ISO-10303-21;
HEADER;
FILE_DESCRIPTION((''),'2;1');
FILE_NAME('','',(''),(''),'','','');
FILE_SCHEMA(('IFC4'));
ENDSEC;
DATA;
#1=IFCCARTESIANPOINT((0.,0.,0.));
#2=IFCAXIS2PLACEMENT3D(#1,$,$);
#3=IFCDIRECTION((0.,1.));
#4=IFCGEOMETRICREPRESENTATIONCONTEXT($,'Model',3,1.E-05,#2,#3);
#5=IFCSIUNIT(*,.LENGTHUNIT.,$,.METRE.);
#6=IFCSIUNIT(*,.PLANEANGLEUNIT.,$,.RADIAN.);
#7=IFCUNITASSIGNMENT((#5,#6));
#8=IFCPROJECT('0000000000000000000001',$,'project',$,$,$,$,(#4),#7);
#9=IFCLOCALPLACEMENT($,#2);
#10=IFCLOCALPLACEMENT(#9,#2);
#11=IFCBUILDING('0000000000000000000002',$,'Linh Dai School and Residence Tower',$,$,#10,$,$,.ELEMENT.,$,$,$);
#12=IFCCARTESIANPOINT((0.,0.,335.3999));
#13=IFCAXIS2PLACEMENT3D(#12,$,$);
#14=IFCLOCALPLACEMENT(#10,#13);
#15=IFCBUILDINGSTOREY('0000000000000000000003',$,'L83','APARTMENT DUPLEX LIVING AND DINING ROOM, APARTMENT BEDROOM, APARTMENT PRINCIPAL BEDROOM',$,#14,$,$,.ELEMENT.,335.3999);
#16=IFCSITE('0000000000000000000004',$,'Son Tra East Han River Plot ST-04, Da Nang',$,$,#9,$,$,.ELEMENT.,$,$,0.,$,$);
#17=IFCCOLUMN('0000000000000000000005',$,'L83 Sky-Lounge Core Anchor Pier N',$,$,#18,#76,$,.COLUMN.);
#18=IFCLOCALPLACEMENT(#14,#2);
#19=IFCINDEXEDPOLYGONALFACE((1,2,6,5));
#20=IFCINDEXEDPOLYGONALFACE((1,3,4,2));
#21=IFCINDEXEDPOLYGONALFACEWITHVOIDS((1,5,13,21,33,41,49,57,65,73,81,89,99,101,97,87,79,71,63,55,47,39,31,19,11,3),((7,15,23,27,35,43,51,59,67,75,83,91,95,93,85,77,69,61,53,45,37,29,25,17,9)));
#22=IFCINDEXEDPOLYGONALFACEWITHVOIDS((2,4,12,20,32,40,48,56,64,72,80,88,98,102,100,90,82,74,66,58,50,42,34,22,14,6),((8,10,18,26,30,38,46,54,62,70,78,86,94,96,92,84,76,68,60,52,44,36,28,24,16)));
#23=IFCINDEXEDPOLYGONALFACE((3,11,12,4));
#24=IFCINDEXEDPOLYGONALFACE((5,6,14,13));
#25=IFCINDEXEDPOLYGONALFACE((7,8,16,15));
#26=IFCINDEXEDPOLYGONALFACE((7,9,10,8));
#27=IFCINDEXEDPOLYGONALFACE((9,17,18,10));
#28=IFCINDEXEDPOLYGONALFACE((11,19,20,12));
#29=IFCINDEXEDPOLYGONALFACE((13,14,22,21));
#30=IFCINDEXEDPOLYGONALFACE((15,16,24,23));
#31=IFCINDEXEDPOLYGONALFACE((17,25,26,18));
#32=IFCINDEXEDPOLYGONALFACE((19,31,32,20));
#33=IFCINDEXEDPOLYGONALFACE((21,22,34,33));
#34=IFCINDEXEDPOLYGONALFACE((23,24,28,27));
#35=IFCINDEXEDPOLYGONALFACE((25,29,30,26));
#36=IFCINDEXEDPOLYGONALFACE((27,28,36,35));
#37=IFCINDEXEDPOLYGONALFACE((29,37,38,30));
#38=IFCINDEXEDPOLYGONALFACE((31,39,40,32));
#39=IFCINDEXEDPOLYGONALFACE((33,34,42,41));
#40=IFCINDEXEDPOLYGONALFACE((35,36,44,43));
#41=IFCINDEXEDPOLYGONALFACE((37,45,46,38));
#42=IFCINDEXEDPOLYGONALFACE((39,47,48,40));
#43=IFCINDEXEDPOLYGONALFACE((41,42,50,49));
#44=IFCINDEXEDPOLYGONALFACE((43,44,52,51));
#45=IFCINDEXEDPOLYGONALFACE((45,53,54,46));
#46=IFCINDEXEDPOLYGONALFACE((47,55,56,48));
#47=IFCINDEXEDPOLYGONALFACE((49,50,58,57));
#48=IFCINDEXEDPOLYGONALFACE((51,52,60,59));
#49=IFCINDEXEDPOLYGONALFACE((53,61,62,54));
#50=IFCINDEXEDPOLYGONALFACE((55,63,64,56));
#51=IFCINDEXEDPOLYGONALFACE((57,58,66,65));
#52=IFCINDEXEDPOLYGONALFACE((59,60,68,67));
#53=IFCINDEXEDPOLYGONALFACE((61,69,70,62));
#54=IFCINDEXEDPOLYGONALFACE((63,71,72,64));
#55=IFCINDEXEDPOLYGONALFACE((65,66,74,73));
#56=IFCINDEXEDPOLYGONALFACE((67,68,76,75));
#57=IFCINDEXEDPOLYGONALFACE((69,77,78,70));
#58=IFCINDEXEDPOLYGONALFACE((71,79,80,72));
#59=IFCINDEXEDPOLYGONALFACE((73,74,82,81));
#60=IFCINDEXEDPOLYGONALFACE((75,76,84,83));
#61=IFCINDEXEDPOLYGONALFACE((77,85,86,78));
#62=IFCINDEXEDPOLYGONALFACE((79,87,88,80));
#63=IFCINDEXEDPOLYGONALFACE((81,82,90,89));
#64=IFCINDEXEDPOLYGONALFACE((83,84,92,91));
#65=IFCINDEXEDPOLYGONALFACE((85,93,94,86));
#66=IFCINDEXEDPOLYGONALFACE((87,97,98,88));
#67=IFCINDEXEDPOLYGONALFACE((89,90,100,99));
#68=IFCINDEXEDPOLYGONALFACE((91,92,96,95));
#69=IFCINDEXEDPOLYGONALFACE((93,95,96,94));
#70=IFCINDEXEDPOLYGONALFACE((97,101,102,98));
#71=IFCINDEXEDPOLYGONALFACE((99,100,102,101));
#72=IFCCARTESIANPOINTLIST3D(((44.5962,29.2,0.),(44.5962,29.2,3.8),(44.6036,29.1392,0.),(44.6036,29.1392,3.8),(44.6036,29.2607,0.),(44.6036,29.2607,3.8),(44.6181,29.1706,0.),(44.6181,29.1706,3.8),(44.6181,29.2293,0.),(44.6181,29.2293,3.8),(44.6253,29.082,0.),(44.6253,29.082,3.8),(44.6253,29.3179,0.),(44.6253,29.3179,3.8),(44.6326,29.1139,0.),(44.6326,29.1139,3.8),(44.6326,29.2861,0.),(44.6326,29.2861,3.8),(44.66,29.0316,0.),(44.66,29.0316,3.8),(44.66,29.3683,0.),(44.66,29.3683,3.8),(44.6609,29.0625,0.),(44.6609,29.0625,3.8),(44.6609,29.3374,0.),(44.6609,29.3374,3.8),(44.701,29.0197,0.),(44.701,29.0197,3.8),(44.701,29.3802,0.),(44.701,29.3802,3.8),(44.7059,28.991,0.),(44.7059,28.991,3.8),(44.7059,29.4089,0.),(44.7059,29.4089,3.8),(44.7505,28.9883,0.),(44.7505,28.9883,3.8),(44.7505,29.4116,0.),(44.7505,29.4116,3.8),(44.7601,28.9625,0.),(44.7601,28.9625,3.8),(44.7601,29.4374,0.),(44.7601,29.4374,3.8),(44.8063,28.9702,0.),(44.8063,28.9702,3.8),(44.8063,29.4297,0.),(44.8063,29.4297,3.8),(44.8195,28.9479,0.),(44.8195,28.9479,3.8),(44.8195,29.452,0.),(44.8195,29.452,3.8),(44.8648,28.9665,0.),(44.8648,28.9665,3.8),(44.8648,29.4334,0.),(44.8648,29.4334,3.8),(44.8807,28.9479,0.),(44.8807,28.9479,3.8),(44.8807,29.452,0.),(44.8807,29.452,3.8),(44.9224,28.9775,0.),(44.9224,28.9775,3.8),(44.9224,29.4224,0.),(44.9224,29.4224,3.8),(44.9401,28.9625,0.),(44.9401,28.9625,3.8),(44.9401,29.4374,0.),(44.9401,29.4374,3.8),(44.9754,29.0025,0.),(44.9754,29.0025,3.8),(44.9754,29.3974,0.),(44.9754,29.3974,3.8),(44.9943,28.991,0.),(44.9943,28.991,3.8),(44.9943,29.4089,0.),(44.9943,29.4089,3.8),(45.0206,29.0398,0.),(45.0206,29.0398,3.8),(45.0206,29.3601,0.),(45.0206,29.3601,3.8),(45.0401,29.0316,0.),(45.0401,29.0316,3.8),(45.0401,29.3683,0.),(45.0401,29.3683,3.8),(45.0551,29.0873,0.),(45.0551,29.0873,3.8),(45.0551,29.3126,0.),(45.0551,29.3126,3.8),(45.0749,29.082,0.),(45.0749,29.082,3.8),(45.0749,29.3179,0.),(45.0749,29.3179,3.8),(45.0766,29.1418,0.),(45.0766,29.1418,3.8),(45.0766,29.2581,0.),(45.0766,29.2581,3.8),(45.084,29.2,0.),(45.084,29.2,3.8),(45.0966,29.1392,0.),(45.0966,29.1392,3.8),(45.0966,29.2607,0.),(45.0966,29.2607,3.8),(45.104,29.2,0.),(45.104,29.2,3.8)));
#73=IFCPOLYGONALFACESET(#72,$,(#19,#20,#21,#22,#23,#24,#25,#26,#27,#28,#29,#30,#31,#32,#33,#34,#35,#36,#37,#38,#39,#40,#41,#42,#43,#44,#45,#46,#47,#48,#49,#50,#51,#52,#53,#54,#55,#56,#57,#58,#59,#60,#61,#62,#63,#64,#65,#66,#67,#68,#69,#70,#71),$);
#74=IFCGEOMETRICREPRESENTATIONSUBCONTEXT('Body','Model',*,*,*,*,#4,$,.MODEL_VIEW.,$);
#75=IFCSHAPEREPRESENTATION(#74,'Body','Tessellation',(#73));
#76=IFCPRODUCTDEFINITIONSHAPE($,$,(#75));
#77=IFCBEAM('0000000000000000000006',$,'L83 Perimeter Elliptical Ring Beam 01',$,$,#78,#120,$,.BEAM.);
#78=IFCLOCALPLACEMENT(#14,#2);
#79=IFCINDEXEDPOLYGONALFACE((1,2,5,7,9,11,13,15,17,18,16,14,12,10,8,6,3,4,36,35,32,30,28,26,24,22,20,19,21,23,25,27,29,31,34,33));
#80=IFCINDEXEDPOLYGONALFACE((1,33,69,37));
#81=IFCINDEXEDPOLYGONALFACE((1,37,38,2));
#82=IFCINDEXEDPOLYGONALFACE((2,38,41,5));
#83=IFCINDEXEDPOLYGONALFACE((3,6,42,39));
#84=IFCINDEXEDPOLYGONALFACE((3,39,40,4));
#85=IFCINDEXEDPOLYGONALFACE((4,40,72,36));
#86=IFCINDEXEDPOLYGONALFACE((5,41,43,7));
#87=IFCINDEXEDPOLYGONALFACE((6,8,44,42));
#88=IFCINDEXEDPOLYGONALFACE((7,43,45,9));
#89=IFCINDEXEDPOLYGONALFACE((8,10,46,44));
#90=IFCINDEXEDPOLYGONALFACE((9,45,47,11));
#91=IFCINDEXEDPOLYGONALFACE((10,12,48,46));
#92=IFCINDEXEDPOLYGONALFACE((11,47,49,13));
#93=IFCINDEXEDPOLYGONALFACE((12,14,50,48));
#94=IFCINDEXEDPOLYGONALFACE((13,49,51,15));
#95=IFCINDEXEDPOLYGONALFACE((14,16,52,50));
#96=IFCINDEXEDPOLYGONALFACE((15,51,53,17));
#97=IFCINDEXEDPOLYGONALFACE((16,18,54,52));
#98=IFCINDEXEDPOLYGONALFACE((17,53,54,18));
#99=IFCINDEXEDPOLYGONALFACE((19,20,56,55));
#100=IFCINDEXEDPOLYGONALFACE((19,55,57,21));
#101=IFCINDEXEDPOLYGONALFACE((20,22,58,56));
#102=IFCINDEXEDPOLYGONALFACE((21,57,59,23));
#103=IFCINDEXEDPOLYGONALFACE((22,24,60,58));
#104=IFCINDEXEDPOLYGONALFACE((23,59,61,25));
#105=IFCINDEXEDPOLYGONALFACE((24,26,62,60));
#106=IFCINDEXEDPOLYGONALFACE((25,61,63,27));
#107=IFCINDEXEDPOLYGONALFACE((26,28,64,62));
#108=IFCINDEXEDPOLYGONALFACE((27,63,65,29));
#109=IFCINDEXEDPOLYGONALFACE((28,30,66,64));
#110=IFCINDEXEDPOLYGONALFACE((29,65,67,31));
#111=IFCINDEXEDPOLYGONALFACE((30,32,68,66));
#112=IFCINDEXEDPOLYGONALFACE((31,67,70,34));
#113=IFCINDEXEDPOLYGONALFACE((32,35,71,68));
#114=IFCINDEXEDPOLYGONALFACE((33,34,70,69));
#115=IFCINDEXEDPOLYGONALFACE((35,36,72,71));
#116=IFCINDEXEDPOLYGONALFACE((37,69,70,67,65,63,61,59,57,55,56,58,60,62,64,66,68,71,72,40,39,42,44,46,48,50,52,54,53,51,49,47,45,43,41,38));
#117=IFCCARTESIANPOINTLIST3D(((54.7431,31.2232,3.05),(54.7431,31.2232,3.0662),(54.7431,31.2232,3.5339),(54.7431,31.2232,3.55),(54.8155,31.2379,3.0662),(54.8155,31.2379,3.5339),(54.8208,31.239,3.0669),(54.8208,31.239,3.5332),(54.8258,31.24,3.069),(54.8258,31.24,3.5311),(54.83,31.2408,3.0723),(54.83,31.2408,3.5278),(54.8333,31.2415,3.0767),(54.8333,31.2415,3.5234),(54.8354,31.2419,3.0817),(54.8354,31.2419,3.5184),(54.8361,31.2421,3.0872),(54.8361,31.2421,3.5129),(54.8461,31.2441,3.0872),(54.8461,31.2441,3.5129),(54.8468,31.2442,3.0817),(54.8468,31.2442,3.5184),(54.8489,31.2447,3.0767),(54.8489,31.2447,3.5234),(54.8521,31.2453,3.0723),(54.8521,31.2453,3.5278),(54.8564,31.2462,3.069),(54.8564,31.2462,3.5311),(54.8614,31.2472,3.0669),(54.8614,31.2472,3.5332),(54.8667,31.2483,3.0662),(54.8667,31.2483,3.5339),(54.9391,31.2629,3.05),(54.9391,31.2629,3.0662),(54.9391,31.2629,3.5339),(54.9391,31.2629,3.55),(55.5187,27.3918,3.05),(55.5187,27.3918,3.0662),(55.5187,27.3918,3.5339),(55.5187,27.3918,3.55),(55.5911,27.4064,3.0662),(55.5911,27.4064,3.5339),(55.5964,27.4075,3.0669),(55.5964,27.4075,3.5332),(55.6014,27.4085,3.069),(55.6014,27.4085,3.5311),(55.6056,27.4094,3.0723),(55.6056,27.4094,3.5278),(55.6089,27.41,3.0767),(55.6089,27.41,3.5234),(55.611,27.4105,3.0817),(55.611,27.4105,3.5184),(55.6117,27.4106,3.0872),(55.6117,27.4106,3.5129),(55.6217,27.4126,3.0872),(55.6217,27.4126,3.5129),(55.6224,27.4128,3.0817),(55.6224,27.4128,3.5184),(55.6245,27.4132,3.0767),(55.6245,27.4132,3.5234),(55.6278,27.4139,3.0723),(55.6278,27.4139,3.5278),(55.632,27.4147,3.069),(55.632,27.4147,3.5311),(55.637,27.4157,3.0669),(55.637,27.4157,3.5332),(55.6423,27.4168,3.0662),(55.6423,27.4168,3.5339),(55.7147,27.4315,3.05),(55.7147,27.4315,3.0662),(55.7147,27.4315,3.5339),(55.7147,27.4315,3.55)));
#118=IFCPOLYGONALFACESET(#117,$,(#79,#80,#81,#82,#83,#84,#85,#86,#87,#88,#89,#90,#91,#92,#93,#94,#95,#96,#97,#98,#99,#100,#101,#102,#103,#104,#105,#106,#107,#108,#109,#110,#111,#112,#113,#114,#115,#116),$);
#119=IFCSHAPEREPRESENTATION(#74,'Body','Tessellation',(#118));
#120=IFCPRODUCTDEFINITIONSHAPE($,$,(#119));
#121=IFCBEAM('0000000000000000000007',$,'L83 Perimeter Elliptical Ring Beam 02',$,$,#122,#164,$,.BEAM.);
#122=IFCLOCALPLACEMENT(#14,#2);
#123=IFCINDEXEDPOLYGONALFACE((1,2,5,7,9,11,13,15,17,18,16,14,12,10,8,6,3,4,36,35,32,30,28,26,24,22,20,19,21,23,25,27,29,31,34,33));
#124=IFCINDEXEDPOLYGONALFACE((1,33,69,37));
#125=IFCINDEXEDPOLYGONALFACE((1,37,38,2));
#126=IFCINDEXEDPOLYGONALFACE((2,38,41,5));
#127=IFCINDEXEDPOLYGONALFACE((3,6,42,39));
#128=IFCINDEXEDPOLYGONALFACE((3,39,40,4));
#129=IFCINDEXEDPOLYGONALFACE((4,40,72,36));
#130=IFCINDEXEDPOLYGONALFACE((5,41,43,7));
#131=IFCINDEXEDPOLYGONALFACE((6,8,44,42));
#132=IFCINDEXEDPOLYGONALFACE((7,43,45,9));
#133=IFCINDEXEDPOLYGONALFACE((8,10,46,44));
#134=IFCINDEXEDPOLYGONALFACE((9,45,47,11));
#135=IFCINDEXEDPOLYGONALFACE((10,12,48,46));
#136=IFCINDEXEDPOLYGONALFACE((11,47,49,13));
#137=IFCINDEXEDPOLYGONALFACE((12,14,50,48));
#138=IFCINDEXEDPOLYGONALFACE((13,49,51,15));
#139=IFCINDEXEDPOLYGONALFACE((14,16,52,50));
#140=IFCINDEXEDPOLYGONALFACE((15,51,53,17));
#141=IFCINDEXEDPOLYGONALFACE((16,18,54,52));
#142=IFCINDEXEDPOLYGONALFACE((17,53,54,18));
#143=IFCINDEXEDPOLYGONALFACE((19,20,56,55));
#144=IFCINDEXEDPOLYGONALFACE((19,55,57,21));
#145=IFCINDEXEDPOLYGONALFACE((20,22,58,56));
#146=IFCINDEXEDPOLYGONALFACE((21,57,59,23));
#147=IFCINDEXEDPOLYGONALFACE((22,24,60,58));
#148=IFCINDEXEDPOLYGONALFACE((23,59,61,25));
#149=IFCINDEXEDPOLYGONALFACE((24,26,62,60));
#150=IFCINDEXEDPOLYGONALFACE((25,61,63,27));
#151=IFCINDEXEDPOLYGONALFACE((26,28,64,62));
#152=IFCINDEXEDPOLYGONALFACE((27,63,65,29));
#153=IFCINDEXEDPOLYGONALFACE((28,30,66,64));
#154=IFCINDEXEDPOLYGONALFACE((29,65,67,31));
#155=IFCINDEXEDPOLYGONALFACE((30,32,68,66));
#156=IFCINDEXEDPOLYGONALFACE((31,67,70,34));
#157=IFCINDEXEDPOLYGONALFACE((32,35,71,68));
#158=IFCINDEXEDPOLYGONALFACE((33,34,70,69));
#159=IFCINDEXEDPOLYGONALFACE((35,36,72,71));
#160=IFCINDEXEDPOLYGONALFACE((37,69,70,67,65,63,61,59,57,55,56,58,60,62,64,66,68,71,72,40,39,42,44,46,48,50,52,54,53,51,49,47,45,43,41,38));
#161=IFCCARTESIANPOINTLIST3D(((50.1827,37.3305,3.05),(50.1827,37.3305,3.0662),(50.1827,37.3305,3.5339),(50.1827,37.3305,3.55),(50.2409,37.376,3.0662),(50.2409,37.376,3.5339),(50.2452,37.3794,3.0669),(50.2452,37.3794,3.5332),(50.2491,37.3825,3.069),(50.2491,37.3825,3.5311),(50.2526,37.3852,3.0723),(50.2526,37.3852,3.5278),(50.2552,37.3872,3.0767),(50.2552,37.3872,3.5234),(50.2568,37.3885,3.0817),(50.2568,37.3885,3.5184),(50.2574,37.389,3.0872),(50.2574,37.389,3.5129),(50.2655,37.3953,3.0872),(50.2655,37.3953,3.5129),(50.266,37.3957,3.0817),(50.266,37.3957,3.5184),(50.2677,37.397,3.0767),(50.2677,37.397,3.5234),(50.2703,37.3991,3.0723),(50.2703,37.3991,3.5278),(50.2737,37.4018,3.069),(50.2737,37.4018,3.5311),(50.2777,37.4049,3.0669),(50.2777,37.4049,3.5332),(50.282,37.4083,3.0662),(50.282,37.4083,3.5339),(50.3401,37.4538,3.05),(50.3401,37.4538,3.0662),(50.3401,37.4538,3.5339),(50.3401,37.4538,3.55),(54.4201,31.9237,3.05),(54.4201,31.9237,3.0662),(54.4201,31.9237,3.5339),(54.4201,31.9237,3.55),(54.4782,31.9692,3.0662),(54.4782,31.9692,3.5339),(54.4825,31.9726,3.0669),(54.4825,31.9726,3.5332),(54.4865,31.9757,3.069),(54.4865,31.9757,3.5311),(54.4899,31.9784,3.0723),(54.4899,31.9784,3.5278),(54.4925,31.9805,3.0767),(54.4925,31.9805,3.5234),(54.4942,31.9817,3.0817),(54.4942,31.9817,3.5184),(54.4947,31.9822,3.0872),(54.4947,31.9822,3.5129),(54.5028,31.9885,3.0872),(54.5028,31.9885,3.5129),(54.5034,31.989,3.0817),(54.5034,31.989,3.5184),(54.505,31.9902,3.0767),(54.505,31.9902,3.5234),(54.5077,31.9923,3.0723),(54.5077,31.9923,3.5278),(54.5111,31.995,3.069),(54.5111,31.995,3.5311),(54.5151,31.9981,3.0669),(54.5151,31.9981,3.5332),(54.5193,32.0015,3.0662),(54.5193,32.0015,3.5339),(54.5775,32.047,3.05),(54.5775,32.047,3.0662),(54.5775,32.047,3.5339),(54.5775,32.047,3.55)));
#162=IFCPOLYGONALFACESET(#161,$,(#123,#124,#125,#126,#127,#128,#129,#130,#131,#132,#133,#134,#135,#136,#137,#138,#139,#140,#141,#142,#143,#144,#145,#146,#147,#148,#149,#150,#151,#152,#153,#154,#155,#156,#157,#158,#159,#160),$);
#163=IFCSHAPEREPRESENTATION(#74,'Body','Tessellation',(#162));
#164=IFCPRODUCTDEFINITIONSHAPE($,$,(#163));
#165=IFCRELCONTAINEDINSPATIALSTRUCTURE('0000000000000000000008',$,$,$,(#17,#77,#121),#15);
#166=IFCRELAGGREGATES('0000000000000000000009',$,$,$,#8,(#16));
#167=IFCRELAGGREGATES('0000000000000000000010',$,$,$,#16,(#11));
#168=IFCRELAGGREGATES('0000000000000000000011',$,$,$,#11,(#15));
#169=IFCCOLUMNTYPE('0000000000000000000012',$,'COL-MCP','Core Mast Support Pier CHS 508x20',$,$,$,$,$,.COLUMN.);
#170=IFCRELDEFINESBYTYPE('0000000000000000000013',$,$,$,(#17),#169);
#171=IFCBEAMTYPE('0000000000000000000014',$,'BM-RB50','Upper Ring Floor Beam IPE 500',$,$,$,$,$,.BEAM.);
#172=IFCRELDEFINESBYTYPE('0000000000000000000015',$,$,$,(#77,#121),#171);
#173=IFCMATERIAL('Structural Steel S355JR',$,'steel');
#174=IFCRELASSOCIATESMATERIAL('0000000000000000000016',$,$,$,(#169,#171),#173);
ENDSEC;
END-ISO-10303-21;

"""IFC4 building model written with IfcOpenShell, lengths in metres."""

from ifc_helpers import new_model, si_unit, direction, frame, origin, origin_2d, place, context, subcontext, project, spatial, hollow_circle, i_section, extrude, material, material_profile, profile_set, type_object, element, save


model = new_model("IFC4")

# Units and contexts
model_context = context("Model", 3, precision=1e-05, world=origin(), true_north=direction((0.0, 1.0)))
body_context = subcontext(model_context, "Body", "Model", "MODEL_VIEW")
ifc_project = project(units=[si_unit("LENGTHUNIT", "METRE"), si_unit("PLANEANGLEUNIT", "RADIAN")], contexts=[model_context])

# Site, building, storey
site_placement = place(None, origin())
site = spatial("IfcSite", under=ifc_project, at=site_placement, Name="Son Tra East Han River Plot ST-04, Da Nang", CompositionType="ELEMENT", RefElevation=0.0)
building_placement = place(site_placement, origin())
building = spatial("IfcBuilding", under=site, at=building_placement, Name="Linh Dai School and Residence Tower", CompositionType="ELEMENT")
storey_placement = place(building_placement, frame((0.0, 0.0, 335.3999)))
storey = spatial("IfcBuildingStorey", under=building, at=storey_placement, Name="L83", Description="APARTMENT DUPLEX LIVING AND DINING ROOM, APARTMENT BEDROOM, APARTMENT PRINCIPAL BEDROOM", CompositionType="ELEMENT", Elevation=335.3999)

# Column
ifc_material_1 = material(Name="Structural Steel S355JR", Category="steel")
ifc_material_profile_1 = material_profile(ifc_material_1, hollow_circle(Radius=0.2539, WallThickness=0.02, at=origin_2d()), Name="CHS 508x20")
ifc_profile_set_1 = profile_set([ifc_material_profile_1], Name="Structural Steel S355JR")
column_type_1 = type_object("IfcColumnType", Name="COL-MCP", Description="Core Mast Support Pier CHS 508x20", PredefinedType="COLUMN", material=ifc_profile_set_1)
column_placement = place(storey_placement, frame((44.8501, 29.2, 0.0), z_axis=(0.0, 0.0, 1.0), x_axis=(1.0, 0.0, 0.0)))
element("IfcColumn", 1, at=column_placement, inside=storey, type_object=column_type_1, Name="L83 Sky-Lounge Core Anchor Pier N", PredefinedType="COLUMN", context=body_context, shape_type="SweptSolid", body=[
    extrude(hollow_circle(Radius=0.2539, WallThickness=0.02, at=origin_2d()), origin(), (0.0, 0.0, 1.0), 3.8),
])

# Beams
ifc_material_profile_2 = material_profile(ifc_material_1, i_section(OverallWidth=0.2, OverallDepth=0.5, WebThickness=0.0103, FlangeThickness=0.0161, FilletRadius=0.021, at=origin_2d()), Name="IPE 500")
ifc_profile_set_2 = profile_set([ifc_material_profile_2], Name="Structural Steel S355JR")
beam_type_1 = type_object("IfcBeamType", Name="BM-RB50", Description="Upper Ring Floor Beam IPE 500", PredefinedType="BEAM", material=ifc_profile_set_2)
beam_1_placement = place(storey_placement, frame((55.6167, 27.4116, 3.3), z_axis=(-0.19841, 0.980119, 0.0), x_axis=(-0.980119, -0.19841, 0.0)))
element("IfcBeam", 2, at=beam_1_placement, inside=storey, type_object=beam_type_1, Name="L83 Perimeter Elliptical Ring Beam 01", PredefinedType="BEAM", context=body_context, shape_type="SweptSolid", body=[
    extrude(i_section(OverallWidth=0.2, OverallDepth=0.5, WebThickness=0.0103, FlangeThickness=0.0161, FilletRadius=0.021, at=origin_2d()), origin(), (0.0, 0.0, 1.0), 3.9092),
])
beam_2_placement = place(storey_placement, frame((54.4988, 31.9854, 3.3), z_axis=(-0.616845, 0.787085, 0.0), x_axis=(-0.787085, -0.616845, 0.0)))
element("IfcBeam", 3, at=beam_2_placement, inside=storey, type_object=beam_type_1, Name="L83 Perimeter Elliptical Ring Beam 02", PredefinedType="BEAM", context=body_context, shape_type="SweptSolid", body=[
    extrude(i_section(OverallWidth=0.2, OverallDepth=0.5, WebThickness=0.0103, FlangeThickness=0.0161, FilletRadius=0.021, at=origin_2d()), origin(), (0.0, 0.0, 1.0), 6.8694),
])

save(model, "model.ifc")
